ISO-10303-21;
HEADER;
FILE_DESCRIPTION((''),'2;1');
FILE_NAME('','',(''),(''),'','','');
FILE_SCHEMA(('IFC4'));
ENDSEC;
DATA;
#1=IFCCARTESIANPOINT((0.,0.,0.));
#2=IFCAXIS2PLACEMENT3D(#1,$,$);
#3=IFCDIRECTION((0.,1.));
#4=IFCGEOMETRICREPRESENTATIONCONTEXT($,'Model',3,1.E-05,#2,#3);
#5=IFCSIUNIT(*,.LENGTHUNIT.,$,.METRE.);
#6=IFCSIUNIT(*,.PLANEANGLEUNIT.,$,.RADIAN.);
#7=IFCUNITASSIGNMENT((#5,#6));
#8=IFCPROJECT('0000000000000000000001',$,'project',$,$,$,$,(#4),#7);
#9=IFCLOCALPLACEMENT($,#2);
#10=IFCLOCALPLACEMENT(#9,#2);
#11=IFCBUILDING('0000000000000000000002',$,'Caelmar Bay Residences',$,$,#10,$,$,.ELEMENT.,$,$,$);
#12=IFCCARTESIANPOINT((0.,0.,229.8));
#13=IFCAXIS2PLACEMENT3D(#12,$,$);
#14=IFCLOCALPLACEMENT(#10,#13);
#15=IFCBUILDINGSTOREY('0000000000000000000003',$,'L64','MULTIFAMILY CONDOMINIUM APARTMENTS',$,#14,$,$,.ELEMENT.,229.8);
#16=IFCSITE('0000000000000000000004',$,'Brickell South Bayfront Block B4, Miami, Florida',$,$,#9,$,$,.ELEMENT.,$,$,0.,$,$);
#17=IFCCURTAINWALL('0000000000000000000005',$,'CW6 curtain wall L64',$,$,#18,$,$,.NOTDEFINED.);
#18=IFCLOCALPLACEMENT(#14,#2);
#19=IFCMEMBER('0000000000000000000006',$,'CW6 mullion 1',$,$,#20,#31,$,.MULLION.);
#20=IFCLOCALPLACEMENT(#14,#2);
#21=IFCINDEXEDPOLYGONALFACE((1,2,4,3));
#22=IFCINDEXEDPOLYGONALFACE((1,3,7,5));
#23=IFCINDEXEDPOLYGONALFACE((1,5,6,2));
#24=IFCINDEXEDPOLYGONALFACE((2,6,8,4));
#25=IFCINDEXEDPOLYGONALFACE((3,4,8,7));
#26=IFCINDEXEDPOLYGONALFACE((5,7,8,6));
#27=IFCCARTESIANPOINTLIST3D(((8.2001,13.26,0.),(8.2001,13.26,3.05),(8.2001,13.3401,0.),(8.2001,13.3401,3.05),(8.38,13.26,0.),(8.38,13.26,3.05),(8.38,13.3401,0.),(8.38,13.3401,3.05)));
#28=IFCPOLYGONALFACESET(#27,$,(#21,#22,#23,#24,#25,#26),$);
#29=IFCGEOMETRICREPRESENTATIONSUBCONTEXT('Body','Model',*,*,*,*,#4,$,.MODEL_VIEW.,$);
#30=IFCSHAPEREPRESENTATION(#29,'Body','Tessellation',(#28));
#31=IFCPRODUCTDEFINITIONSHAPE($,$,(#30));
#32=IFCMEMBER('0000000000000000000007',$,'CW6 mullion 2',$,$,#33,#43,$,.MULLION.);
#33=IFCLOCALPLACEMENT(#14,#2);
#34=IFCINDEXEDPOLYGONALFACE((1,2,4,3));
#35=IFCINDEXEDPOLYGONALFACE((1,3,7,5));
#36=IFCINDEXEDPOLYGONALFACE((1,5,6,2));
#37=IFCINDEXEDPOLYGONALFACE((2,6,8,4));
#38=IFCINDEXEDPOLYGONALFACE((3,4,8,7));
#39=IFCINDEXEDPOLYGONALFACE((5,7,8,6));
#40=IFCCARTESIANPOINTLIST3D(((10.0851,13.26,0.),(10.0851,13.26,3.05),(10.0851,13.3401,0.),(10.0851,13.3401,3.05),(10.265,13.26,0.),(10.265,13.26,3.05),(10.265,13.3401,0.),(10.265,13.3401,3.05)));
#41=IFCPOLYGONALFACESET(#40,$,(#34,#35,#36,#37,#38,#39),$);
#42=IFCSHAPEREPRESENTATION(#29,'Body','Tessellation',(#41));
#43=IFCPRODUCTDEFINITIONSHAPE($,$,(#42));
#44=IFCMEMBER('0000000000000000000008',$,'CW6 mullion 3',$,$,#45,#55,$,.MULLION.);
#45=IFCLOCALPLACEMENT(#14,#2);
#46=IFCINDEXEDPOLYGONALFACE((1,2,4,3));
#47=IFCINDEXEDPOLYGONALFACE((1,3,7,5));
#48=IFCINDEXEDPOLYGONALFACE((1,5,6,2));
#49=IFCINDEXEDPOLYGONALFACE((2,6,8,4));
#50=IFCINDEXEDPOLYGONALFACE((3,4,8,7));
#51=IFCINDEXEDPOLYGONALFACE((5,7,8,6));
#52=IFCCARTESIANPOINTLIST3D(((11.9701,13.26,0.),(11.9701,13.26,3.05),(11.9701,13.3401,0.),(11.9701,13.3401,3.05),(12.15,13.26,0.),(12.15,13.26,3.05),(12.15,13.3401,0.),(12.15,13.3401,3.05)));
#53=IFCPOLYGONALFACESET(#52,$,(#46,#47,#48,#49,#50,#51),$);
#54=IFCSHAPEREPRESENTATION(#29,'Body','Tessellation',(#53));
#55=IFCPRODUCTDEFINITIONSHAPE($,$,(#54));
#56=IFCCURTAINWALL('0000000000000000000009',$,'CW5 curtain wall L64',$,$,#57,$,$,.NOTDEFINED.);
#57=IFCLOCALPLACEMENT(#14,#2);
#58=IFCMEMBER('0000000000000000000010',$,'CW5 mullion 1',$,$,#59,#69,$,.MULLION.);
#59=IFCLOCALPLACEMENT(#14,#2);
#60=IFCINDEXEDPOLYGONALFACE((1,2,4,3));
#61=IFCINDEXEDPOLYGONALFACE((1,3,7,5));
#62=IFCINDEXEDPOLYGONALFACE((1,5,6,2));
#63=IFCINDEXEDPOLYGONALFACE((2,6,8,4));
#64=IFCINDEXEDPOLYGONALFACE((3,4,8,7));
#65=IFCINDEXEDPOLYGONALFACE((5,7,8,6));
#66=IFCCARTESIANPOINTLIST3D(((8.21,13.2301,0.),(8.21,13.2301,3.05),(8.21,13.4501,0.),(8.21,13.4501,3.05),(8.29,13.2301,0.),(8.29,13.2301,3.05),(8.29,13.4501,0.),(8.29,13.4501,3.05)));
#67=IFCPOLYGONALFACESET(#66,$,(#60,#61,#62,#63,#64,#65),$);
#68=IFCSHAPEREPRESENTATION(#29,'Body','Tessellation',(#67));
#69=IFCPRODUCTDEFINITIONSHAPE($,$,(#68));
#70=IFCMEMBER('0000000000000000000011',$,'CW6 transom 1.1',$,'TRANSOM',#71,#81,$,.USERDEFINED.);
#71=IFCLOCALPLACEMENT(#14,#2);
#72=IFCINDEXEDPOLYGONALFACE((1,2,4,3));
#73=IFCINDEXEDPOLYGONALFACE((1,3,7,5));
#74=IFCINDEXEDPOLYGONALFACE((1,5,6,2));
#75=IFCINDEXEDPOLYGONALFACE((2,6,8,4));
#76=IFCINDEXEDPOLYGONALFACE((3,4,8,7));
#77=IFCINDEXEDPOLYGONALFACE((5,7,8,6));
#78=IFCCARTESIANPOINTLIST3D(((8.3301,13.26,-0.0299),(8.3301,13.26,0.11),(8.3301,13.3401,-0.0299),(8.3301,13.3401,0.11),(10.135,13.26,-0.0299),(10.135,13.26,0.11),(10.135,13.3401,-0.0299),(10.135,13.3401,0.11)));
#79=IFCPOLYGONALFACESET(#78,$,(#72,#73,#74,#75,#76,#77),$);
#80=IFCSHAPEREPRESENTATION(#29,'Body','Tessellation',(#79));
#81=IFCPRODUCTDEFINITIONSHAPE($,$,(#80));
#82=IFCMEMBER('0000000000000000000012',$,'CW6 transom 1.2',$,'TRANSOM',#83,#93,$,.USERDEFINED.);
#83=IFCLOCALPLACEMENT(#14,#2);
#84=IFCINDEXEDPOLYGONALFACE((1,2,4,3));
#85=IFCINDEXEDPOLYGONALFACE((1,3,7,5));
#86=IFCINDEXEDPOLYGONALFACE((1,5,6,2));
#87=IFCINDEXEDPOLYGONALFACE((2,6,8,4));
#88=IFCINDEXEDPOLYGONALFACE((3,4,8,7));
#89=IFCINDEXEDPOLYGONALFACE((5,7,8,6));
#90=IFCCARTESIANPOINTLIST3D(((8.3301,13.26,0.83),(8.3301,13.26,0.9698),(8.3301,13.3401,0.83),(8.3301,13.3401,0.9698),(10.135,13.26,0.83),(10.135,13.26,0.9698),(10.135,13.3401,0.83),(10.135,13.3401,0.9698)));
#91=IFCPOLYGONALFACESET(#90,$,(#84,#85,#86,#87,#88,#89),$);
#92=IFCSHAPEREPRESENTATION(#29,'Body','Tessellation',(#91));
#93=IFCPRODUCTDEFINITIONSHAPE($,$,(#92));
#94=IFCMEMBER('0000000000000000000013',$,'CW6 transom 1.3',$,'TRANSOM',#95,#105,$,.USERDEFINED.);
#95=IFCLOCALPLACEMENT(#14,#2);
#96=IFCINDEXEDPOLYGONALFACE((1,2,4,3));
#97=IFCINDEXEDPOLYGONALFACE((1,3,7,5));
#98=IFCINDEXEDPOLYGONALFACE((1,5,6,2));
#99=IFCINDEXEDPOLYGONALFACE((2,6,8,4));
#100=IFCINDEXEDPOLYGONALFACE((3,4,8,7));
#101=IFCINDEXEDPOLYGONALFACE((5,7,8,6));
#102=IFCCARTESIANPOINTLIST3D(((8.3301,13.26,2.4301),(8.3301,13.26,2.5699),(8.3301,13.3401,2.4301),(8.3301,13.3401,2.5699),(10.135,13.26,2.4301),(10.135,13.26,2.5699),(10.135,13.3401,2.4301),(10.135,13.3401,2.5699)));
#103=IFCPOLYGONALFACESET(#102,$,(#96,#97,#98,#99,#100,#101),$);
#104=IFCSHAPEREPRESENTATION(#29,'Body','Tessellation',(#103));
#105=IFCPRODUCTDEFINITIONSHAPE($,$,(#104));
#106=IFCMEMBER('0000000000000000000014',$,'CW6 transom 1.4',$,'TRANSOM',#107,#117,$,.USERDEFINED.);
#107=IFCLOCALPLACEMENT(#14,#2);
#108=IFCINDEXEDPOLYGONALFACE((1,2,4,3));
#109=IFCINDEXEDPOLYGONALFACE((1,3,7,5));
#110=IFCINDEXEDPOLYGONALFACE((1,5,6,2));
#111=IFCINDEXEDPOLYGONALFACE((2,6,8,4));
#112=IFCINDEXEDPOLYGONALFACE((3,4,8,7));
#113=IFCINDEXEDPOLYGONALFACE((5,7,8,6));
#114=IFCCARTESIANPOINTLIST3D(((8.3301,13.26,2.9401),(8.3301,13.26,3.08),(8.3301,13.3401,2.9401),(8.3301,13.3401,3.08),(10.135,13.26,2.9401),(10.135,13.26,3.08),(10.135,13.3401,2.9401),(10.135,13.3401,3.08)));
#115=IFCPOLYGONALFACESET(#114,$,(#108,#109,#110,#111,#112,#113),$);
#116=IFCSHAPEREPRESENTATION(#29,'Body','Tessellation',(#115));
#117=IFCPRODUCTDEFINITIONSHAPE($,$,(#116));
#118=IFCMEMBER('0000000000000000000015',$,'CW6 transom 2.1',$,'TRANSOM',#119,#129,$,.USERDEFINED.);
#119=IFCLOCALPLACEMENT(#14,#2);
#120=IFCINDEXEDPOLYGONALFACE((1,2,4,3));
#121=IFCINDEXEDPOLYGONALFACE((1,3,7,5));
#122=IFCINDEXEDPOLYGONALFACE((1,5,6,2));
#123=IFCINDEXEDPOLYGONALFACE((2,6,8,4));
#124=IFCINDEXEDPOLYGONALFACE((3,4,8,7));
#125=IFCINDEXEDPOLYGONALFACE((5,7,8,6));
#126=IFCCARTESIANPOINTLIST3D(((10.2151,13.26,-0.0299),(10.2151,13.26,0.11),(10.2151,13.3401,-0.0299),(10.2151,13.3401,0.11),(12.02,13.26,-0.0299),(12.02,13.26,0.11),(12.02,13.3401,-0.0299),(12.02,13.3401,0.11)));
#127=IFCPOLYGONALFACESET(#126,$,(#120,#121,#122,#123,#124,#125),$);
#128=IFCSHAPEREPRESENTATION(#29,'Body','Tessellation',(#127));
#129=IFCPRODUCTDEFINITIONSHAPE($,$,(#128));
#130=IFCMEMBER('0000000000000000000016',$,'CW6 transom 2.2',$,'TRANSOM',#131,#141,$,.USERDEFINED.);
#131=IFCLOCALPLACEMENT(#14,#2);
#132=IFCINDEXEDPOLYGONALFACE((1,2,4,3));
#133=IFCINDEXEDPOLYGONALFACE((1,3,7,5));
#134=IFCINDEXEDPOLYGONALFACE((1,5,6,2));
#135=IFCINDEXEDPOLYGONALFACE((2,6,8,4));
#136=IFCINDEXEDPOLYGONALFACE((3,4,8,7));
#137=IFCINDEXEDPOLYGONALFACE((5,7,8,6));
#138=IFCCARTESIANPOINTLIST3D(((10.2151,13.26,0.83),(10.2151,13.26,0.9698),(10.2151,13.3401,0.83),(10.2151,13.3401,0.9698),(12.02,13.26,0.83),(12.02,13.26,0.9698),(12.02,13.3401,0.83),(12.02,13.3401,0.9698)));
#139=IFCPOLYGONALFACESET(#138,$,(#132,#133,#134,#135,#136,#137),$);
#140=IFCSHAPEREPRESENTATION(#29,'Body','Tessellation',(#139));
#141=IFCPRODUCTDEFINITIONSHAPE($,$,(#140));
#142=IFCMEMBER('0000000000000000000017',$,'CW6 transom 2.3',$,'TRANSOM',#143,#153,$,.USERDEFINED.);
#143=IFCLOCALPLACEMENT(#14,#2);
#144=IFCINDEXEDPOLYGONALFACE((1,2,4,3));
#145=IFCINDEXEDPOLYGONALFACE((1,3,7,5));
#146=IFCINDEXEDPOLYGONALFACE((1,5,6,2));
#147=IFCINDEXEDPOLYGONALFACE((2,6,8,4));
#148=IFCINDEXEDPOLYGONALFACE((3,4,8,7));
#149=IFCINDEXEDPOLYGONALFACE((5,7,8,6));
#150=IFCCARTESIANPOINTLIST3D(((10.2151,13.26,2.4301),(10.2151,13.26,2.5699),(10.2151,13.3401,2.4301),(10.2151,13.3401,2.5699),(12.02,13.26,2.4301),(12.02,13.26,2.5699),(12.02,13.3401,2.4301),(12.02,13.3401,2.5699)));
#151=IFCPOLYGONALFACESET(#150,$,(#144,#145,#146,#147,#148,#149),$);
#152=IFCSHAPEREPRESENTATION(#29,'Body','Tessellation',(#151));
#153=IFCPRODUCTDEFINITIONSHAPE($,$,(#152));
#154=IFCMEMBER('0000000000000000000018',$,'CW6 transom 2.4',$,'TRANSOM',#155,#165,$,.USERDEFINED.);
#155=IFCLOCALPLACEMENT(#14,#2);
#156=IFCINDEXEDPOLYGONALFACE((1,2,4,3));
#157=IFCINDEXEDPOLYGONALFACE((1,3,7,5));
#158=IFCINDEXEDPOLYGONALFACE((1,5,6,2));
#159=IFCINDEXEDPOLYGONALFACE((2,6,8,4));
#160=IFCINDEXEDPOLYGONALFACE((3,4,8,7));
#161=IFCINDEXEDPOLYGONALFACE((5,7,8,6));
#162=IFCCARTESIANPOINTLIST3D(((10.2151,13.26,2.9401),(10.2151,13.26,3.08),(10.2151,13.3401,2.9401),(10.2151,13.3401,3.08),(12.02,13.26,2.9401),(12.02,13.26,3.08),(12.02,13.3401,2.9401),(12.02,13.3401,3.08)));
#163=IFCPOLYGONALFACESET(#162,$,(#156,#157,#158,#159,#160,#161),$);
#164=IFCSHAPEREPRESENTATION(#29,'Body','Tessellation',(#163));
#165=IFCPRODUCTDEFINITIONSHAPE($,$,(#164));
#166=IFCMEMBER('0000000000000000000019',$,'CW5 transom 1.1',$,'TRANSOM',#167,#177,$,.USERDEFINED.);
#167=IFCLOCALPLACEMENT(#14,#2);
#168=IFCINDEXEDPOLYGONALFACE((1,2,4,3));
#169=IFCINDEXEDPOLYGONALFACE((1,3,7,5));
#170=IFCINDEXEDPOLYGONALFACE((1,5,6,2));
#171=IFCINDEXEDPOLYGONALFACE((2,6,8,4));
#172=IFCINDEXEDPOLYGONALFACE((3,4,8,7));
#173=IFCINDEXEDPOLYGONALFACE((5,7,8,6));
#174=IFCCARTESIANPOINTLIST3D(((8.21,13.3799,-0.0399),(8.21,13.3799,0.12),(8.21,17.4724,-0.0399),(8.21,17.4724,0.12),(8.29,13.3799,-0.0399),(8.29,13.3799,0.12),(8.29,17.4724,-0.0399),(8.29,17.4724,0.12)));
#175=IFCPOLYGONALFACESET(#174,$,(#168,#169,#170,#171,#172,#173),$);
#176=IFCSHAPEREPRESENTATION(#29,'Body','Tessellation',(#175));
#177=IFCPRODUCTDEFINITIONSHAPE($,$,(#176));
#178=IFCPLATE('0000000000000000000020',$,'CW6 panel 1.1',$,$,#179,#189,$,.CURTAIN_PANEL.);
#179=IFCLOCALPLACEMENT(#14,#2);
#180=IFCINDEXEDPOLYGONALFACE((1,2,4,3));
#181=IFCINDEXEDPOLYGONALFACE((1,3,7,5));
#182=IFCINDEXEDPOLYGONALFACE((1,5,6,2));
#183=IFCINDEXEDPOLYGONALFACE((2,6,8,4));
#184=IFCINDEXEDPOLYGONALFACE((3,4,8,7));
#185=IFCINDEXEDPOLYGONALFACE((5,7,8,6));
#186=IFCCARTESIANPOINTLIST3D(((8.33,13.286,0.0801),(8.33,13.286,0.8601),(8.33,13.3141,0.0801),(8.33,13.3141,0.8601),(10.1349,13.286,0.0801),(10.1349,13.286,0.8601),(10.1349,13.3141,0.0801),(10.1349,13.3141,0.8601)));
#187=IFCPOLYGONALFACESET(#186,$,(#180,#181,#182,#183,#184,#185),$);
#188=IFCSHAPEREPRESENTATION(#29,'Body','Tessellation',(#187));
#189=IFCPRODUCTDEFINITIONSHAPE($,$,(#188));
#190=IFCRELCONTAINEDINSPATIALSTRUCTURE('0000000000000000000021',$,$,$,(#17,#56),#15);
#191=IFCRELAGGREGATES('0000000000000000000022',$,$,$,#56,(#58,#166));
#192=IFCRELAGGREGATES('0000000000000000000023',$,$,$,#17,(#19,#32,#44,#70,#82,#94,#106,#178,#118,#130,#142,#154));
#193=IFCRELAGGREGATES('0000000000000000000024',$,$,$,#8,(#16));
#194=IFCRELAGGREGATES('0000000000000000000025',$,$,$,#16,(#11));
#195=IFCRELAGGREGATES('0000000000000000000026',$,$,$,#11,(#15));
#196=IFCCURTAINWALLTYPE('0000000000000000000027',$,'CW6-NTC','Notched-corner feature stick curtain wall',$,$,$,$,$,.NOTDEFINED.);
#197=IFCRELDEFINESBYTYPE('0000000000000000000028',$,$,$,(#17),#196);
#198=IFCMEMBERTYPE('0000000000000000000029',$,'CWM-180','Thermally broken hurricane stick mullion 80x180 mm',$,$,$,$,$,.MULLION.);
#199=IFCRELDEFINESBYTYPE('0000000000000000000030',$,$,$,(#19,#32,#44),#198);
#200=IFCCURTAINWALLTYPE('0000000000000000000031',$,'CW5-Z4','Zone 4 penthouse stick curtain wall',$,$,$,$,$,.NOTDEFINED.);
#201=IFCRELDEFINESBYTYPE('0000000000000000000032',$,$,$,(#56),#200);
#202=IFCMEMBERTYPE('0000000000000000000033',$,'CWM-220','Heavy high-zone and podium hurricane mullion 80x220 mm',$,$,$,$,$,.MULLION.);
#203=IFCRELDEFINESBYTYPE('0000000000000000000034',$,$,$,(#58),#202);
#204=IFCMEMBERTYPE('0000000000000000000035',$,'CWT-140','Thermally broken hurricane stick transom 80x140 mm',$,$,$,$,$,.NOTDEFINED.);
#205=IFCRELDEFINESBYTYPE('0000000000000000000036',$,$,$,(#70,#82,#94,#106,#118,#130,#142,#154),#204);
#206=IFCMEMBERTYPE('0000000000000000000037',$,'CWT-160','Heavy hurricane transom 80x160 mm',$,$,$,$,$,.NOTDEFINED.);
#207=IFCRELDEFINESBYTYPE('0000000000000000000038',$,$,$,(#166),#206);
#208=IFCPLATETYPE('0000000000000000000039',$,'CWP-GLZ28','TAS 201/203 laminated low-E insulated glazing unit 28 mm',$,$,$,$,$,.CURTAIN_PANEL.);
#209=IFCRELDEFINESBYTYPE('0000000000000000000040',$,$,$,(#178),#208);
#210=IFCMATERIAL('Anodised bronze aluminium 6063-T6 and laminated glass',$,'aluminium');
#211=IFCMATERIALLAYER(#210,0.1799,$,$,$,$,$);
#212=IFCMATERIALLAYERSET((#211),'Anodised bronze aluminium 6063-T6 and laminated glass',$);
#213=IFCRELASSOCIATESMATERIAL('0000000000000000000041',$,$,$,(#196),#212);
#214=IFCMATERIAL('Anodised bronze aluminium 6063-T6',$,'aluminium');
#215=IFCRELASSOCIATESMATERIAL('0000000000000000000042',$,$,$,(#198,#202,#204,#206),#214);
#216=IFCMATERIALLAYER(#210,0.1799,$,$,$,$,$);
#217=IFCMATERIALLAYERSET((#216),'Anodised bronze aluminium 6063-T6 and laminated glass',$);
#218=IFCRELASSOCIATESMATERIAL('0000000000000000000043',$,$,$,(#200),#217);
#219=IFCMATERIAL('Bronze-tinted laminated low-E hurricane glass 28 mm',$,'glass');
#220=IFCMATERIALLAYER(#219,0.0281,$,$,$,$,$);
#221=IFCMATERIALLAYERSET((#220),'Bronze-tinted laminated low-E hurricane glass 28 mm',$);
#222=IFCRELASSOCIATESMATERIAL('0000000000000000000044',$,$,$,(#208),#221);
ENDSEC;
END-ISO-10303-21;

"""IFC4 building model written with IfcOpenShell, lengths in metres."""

from ifc_helpers import new_model, si_unit, direction, frame, origin, origin_2d, place, context, subcontext, project, spatial, rectangle, extrude, material, layer, layer_set, material_profile, profile_set, type_object, element, aggregate, save


model = new_model("IFC4")

# Units and contexts
model_context = context("Model", 3, precision=1e-05, world=origin(), true_north=direction((0.0, 1.0)))
body_context = subcontext(model_context, "Body", "Model", "MODEL_VIEW")
ifc_project = project(units=[si_unit("LENGTHUNIT", "METRE"), si_unit("PLANEANGLEUNIT", "RADIAN")], contexts=[model_context])

# Site, building, storey
site_placement = place(None, origin())
site = spatial("IfcSite", under=ifc_project, at=site_placement, Name="Brickell South Bayfront Block B4, Miami, Florida", CompositionType="ELEMENT", RefElevation=0.0)
building_placement = place(site_placement, origin())
building = spatial("IfcBuilding", under=site, at=building_placement, Name="Caelmar Bay Residences", CompositionType="ELEMENT")
storey_placement = place(building_placement, frame((0.0, 0.0, 229.8)))
storey = spatial("IfcBuildingStorey", under=building, at=storey_placement, Name="L64", Description="MULTIFAMILY CONDOMINIUM APARTMENTS", CompositionType="ELEMENT", Elevation=229.8)

# Curtain wall, members
ifc_material_1 = material(Name="Anodised bronze aluminium 6063-T6 and laminated glass", Category="aluminium")
ifc_layer_1 = layer(ifc_material_1, 0.1799)
ifc_layer_set_1 = layer_set([ifc_layer_1], Name="Anodised bronze aluminium 6063-T6 and laminated glass")
curtain_wall_type_1 = type_object("IfcCurtainWallType", Name="CW6-NTC", Description="Notched-corner feature stick curtain wall", PredefinedType="NOTDEFINED", material=ifc_layer_set_1)
curtain_wall_1_placement = place(storey_placement, origin())
curtain_wall_1 = element("IfcCurtainWall", 1, at=curtain_wall_1_placement, inside=storey, type_object=curtain_wall_type_1, Name="CW6 curtain wall L64", PredefinedType="NOTDEFINED")
ifc_material_2 = material(Name="Anodised bronze aluminium 6063-T6", Category="aluminium")
ifc_material_profile_1 = material_profile(ifc_material_2, rectangle(XDim=0.0801, YDim=0.1799, at=origin_2d()), Name="CWM-80X180")
ifc_profile_set_1 = profile_set([ifc_material_profile_1], Name="Anodised bronze aluminium 6063-T6")
member_type_1 = type_object("IfcMemberType", Name="CWM-180", Description="Thermally broken hurricane stick mullion 80x180 mm", PredefinedType="MULLION", material=ifc_profile_set_1)
member_1_placement = place(storey_placement, frame((8.29, 13.3, 0.0), z_axis=(0.0, 0.0, 1.0), x_axis=(0.0, 1.0, 0.0)))
member_1 = element("IfcMember", 2, at=member_1_placement, type_object=member_type_1, Name="CW6 mullion 1", PredefinedType="MULLION", context=body_context, shape_type="SweptSolid", body=[
    extrude(rectangle(XDim=0.0801, YDim=0.1799, at=origin_2d()), origin(), (0.0, 0.0, 1.0), 3.05),
])
member_2_placement = place(storey_placement, frame((10.175, 13.3, 0.0), z_axis=(0.0, 0.0, 1.0), x_axis=(0.0, 1.0, 0.0)))
member_2 = element("IfcMember", 3, at=member_2_placement, type_object=member_type_1, Name="CW6 mullion 2", PredefinedType="MULLION", context=body_context, shape_type="SweptSolid", body=[
    extrude(rectangle(XDim=0.0801, YDim=0.1799, at=origin_2d()), origin(), (0.0, 0.0, 1.0), 3.05),
])
member_3_placement = place(storey_placement, frame((12.0601, 13.3, 0.0), z_axis=(0.0, 0.0, 1.0), x_axis=(0.0, 1.0, 0.0)))
member_3 = element("IfcMember", 4, at=member_3_placement, type_object=member_type_1, Name="CW6 mullion 3", PredefinedType="MULLION", context=body_context, shape_type="SweptSolid", body=[
    extrude(rectangle(XDim=0.0801, YDim=0.1799, at=origin_2d()), origin(), (0.0, 0.0, 1.0), 3.05),
])

# Curtain wall, member
ifc_layer_2 = layer(ifc_material_1, 0.1799)
ifc_layer_set_2 = layer_set([ifc_layer_2], Name="Anodised bronze aluminium 6063-T6 and laminated glass")
curtain_wall_type_2 = type_object("IfcCurtainWallType", Name="CW5-Z4", Description="Zone 4 penthouse stick curtain wall", PredefinedType="NOTDEFINED", material=ifc_layer_set_2)
curtain_wall_2_placement = place(storey_placement, origin())
curtain_wall_2 = element("IfcCurtainWall", 5, at=curtain_wall_2_placement, inside=storey, type_object=curtain_wall_type_2, Name="CW5 curtain wall L64", PredefinedType="NOTDEFINED")
ifc_material_profile_2 = material_profile(ifc_material_2, rectangle(XDim=0.0801, YDim=0.22, at=origin_2d()), Name="CWM-80X220")
ifc_profile_set_2 = profile_set([ifc_material_profile_2], Name="Anodised bronze aluminium 6063-T6")
member_type_2 = type_object("IfcMemberType", Name="CWM-220", Description="Heavy high-zone and podium hurricane mullion 80x220 mm", PredefinedType="MULLION", material=ifc_profile_set_2)
member_4_placement = place(storey_placement, frame((8.25, 13.3401, 0.0), z_axis=(0.0, 0.0, 1.0), x_axis=(-1.0, 0.0, 0.0)))
member_4 = element("IfcMember", 6, at=member_4_placement, type_object=member_type_2, Name="CW5 mullion 1", PredefinedType="MULLION", context=body_context, shape_type="SweptSolid", body=[
    extrude(rectangle(XDim=0.0801, YDim=0.22, at=origin_2d()), origin(), (0.0, 0.0, 1.0), 3.05),
])

# Members
ifc_material_profile_3 = material_profile(ifc_material_2, rectangle(XDim=0.0801, YDim=0.1399, at=origin_2d()), Name="CWT-80X140")
ifc_profile_set_3 = profile_set([ifc_material_profile_3], Name="Anodised bronze aluminium 6063-T6")
member_type_3 = type_object("IfcMemberType", Name="CWT-140", Description="Thermally broken hurricane stick transom 80x140 mm", PredefinedType="NOTDEFINED", material=ifc_profile_set_3)
member_5_placement = place(storey_placement, frame((8.3301, 13.3, 0.04), z_axis=(1.0, 0.0, 0.0), x_axis=(0.0, 1.0, 0.0)))
member_5 = element("IfcMember", 7, at=member_5_placement, type_object=member_type_3, Name="CW6 transom 1.1", ObjectType="TRANSOM", PredefinedType="USERDEFINED", context=body_context, shape_type="SweptSolid", body=[
    extrude(rectangle(XDim=0.0801, YDim=0.1399, at=origin_2d()), origin(), (0.0, 0.0, 1.0), 1.8049),
])
member_6_placement = place(storey_placement, frame((8.3301, 13.3, 0.8999), z_axis=(1.0, 0.0, 0.0), x_axis=(0.0, 1.0, 0.0)))
member_6 = element("IfcMember", 8, at=member_6_placement, type_object=member_type_3, Name="CW6 transom 1.2", ObjectType="TRANSOM", PredefinedType="USERDEFINED", context=body_context, shape_type="SweptSolid", body=[
    extrude(rectangle(XDim=0.0801, YDim=0.1399, at=origin_2d()), origin(), (0.0, 0.0, 1.0), 1.8049),
])
member_7_placement = place(storey_placement, frame((8.3301, 13.3, 2.5), z_axis=(1.0, 0.0, 0.0), x_axis=(0.0, 1.0, 0.0)))
member_7 = element("IfcMember", 9, at=member_7_placement, type_object=member_type_3, Name="CW6 transom 1.3", ObjectType="TRANSOM", PredefinedType="USERDEFINED", context=body_context, shape_type="SweptSolid", body=[
    extrude(rectangle(XDim=0.0801, YDim=0.1399, at=origin_2d()), origin(), (0.0, 0.0, 1.0), 1.8049),
])
member_8_placement = place(storey_placement, frame((8.3301, 13.3, 3.01), z_axis=(1.0, 0.0, 0.0), x_axis=(0.0, 1.0, 0.0)))
member_8 = element("IfcMember", 10, at=member_8_placement, type_object=member_type_3, Name="CW6 transom 1.4", ObjectType="TRANSOM", PredefinedType="USERDEFINED", context=body_context, shape_type="SweptSolid", body=[
    extrude(rectangle(XDim=0.0801, YDim=0.1399, at=origin_2d()), origin(), (0.0, 0.0, 1.0), 1.8049),
])
member_9_placement = place(storey_placement, frame((10.2151, 13.3, 0.04), z_axis=(1.0, 0.0, 0.0), x_axis=(0.0, 1.0, 0.0)))
member_9 = element("IfcMember", 11, at=member_9_placement, type_object=member_type_3, Name="CW6 transom 2.1", ObjectType="TRANSOM", PredefinedType="USERDEFINED", context=body_context, shape_type="SweptSolid", body=[
    extrude(rectangle(XDim=0.0801, YDim=0.1399, at=origin_2d()), origin(), (0.0, 0.0, 1.0), 1.8049),
])
member_10_placement = place(storey_placement, frame((10.2151, 13.3, 0.8999), z_axis=(1.0, 0.0, 0.0), x_axis=(0.0, 1.0, 0.0)))
member_10 = element("IfcMember", 12, at=member_10_placement, type_object=member_type_3, Name="CW6 transom 2.2", ObjectType="TRANSOM", PredefinedType="USERDEFINED", context=body_context, shape_type="SweptSolid", body=[
    extrude(rectangle(XDim=0.0801, YDim=0.1399, at=origin_2d()), origin(), (0.0, 0.0, 1.0), 1.8049),
])
member_11_placement = place(storey_placement, frame((10.2151, 13.3, 2.5), z_axis=(1.0, 0.0, 0.0), x_axis=(0.0, 1.0, 0.0)))
member_11 = element("IfcMember", 13, at=member_11_placement, type_object=member_type_3, Name="CW6 transom 2.3", ObjectType="TRANSOM", PredefinedType="USERDEFINED", context=body_context, shape_type="SweptSolid", body=[
    extrude(rectangle(XDim=0.0801, YDim=0.1399, at=origin_2d()), origin(), (0.0, 0.0, 1.0), 1.8049),
])
member_12_placement = place(storey_placement, frame((10.2151, 13.3, 3.01), z_axis=(1.0, 0.0, 0.0), x_axis=(0.0, 1.0, 0.0)))
member_12 = element("IfcMember", 14, at=member_12_placement, type_object=member_type_3, Name="CW6 transom 2.4", ObjectType="TRANSOM", PredefinedType="USERDEFINED", context=body_context, shape_type="SweptSolid", body=[
    extrude(rectangle(XDim=0.0801, YDim=0.1399, at=origin_2d()), origin(), (0.0, 0.0, 1.0), 1.8049),
])
ifc_material_profile_4 = material_profile(ifc_material_2, rectangle(XDim=0.0801, YDim=0.1599, at=origin_2d()), Name="CWT-80X160")
ifc_profile_set_4 = profile_set([ifc_material_profile_4], Name="Anodised bronze aluminium 6063-T6")
member_type_4 = type_object("IfcMemberType", Name="CWT-160", Description="Heavy hurricane transom 80x160 mm", PredefinedType="NOTDEFINED", material=ifc_profile_set_4)
member_13_placement = place(storey_placement, frame((8.25, 13.3799, 0.04), z_axis=(0.0, 1.0, 0.0), x_axis=(-1.0, 0.0, 0.0)))
member_13 = element("IfcMember", 15, at=member_13_placement, type_object=member_type_4, Name="CW5 transom 1.1", ObjectType="TRANSOM", PredefinedType="USERDEFINED", context=body_context, shape_type="SweptSolid", body=[
    extrude(rectangle(XDim=0.0801, YDim=0.1599, at=origin_2d()), origin(), (0.0, 0.0, 1.0), 4.0925),
])
aggregate(curtain_wall_2, [member_4, member_13])

# Plate
ifc_material_3 = material(Name="Bronze-tinted laminated low-E hurricane glass 28 mm", Category="glass")
ifc_layer_3 = layer(ifc_material_3, 0.0281)
ifc_layer_set_3 = layer_set([ifc_layer_3], Name="Bronze-tinted laminated low-E hurricane glass 28 mm")
plate_type = type_object("IfcPlateType", Name="CWP-GLZ28", Description="TAS 201/203 laminated low-E insulated glazing unit 28 mm", PredefinedType="CURTAIN_PANEL", material=ifc_layer_set_3)
plate_1_placement = place(storey_placement, frame((9.2324, 13.3, 0.0801), z_axis=(0.0, 0.0, 1.0), x_axis=(1.0, 0.0, 0.0)))
plate_1 = element("IfcPlate", 16, at=plate_1_placement, type_object=plate_type, Name="CW6 panel 1.1", PredefinedType="CURTAIN_PANEL", context=body_context, shape_type="SweptSolid", body=[
    extrude(rectangle(XDim=1.8049, YDim=0.0281, at=origin_2d()), origin(), (0.0, 0.0, 1.0), 0.78),
])
aggregate(curtain_wall_1, [member_1, member_2, member_3, member_5, member_6, member_7, member_8, plate_1, member_9, member_10, member_11, member_12])

save(model, "model.ifc")
